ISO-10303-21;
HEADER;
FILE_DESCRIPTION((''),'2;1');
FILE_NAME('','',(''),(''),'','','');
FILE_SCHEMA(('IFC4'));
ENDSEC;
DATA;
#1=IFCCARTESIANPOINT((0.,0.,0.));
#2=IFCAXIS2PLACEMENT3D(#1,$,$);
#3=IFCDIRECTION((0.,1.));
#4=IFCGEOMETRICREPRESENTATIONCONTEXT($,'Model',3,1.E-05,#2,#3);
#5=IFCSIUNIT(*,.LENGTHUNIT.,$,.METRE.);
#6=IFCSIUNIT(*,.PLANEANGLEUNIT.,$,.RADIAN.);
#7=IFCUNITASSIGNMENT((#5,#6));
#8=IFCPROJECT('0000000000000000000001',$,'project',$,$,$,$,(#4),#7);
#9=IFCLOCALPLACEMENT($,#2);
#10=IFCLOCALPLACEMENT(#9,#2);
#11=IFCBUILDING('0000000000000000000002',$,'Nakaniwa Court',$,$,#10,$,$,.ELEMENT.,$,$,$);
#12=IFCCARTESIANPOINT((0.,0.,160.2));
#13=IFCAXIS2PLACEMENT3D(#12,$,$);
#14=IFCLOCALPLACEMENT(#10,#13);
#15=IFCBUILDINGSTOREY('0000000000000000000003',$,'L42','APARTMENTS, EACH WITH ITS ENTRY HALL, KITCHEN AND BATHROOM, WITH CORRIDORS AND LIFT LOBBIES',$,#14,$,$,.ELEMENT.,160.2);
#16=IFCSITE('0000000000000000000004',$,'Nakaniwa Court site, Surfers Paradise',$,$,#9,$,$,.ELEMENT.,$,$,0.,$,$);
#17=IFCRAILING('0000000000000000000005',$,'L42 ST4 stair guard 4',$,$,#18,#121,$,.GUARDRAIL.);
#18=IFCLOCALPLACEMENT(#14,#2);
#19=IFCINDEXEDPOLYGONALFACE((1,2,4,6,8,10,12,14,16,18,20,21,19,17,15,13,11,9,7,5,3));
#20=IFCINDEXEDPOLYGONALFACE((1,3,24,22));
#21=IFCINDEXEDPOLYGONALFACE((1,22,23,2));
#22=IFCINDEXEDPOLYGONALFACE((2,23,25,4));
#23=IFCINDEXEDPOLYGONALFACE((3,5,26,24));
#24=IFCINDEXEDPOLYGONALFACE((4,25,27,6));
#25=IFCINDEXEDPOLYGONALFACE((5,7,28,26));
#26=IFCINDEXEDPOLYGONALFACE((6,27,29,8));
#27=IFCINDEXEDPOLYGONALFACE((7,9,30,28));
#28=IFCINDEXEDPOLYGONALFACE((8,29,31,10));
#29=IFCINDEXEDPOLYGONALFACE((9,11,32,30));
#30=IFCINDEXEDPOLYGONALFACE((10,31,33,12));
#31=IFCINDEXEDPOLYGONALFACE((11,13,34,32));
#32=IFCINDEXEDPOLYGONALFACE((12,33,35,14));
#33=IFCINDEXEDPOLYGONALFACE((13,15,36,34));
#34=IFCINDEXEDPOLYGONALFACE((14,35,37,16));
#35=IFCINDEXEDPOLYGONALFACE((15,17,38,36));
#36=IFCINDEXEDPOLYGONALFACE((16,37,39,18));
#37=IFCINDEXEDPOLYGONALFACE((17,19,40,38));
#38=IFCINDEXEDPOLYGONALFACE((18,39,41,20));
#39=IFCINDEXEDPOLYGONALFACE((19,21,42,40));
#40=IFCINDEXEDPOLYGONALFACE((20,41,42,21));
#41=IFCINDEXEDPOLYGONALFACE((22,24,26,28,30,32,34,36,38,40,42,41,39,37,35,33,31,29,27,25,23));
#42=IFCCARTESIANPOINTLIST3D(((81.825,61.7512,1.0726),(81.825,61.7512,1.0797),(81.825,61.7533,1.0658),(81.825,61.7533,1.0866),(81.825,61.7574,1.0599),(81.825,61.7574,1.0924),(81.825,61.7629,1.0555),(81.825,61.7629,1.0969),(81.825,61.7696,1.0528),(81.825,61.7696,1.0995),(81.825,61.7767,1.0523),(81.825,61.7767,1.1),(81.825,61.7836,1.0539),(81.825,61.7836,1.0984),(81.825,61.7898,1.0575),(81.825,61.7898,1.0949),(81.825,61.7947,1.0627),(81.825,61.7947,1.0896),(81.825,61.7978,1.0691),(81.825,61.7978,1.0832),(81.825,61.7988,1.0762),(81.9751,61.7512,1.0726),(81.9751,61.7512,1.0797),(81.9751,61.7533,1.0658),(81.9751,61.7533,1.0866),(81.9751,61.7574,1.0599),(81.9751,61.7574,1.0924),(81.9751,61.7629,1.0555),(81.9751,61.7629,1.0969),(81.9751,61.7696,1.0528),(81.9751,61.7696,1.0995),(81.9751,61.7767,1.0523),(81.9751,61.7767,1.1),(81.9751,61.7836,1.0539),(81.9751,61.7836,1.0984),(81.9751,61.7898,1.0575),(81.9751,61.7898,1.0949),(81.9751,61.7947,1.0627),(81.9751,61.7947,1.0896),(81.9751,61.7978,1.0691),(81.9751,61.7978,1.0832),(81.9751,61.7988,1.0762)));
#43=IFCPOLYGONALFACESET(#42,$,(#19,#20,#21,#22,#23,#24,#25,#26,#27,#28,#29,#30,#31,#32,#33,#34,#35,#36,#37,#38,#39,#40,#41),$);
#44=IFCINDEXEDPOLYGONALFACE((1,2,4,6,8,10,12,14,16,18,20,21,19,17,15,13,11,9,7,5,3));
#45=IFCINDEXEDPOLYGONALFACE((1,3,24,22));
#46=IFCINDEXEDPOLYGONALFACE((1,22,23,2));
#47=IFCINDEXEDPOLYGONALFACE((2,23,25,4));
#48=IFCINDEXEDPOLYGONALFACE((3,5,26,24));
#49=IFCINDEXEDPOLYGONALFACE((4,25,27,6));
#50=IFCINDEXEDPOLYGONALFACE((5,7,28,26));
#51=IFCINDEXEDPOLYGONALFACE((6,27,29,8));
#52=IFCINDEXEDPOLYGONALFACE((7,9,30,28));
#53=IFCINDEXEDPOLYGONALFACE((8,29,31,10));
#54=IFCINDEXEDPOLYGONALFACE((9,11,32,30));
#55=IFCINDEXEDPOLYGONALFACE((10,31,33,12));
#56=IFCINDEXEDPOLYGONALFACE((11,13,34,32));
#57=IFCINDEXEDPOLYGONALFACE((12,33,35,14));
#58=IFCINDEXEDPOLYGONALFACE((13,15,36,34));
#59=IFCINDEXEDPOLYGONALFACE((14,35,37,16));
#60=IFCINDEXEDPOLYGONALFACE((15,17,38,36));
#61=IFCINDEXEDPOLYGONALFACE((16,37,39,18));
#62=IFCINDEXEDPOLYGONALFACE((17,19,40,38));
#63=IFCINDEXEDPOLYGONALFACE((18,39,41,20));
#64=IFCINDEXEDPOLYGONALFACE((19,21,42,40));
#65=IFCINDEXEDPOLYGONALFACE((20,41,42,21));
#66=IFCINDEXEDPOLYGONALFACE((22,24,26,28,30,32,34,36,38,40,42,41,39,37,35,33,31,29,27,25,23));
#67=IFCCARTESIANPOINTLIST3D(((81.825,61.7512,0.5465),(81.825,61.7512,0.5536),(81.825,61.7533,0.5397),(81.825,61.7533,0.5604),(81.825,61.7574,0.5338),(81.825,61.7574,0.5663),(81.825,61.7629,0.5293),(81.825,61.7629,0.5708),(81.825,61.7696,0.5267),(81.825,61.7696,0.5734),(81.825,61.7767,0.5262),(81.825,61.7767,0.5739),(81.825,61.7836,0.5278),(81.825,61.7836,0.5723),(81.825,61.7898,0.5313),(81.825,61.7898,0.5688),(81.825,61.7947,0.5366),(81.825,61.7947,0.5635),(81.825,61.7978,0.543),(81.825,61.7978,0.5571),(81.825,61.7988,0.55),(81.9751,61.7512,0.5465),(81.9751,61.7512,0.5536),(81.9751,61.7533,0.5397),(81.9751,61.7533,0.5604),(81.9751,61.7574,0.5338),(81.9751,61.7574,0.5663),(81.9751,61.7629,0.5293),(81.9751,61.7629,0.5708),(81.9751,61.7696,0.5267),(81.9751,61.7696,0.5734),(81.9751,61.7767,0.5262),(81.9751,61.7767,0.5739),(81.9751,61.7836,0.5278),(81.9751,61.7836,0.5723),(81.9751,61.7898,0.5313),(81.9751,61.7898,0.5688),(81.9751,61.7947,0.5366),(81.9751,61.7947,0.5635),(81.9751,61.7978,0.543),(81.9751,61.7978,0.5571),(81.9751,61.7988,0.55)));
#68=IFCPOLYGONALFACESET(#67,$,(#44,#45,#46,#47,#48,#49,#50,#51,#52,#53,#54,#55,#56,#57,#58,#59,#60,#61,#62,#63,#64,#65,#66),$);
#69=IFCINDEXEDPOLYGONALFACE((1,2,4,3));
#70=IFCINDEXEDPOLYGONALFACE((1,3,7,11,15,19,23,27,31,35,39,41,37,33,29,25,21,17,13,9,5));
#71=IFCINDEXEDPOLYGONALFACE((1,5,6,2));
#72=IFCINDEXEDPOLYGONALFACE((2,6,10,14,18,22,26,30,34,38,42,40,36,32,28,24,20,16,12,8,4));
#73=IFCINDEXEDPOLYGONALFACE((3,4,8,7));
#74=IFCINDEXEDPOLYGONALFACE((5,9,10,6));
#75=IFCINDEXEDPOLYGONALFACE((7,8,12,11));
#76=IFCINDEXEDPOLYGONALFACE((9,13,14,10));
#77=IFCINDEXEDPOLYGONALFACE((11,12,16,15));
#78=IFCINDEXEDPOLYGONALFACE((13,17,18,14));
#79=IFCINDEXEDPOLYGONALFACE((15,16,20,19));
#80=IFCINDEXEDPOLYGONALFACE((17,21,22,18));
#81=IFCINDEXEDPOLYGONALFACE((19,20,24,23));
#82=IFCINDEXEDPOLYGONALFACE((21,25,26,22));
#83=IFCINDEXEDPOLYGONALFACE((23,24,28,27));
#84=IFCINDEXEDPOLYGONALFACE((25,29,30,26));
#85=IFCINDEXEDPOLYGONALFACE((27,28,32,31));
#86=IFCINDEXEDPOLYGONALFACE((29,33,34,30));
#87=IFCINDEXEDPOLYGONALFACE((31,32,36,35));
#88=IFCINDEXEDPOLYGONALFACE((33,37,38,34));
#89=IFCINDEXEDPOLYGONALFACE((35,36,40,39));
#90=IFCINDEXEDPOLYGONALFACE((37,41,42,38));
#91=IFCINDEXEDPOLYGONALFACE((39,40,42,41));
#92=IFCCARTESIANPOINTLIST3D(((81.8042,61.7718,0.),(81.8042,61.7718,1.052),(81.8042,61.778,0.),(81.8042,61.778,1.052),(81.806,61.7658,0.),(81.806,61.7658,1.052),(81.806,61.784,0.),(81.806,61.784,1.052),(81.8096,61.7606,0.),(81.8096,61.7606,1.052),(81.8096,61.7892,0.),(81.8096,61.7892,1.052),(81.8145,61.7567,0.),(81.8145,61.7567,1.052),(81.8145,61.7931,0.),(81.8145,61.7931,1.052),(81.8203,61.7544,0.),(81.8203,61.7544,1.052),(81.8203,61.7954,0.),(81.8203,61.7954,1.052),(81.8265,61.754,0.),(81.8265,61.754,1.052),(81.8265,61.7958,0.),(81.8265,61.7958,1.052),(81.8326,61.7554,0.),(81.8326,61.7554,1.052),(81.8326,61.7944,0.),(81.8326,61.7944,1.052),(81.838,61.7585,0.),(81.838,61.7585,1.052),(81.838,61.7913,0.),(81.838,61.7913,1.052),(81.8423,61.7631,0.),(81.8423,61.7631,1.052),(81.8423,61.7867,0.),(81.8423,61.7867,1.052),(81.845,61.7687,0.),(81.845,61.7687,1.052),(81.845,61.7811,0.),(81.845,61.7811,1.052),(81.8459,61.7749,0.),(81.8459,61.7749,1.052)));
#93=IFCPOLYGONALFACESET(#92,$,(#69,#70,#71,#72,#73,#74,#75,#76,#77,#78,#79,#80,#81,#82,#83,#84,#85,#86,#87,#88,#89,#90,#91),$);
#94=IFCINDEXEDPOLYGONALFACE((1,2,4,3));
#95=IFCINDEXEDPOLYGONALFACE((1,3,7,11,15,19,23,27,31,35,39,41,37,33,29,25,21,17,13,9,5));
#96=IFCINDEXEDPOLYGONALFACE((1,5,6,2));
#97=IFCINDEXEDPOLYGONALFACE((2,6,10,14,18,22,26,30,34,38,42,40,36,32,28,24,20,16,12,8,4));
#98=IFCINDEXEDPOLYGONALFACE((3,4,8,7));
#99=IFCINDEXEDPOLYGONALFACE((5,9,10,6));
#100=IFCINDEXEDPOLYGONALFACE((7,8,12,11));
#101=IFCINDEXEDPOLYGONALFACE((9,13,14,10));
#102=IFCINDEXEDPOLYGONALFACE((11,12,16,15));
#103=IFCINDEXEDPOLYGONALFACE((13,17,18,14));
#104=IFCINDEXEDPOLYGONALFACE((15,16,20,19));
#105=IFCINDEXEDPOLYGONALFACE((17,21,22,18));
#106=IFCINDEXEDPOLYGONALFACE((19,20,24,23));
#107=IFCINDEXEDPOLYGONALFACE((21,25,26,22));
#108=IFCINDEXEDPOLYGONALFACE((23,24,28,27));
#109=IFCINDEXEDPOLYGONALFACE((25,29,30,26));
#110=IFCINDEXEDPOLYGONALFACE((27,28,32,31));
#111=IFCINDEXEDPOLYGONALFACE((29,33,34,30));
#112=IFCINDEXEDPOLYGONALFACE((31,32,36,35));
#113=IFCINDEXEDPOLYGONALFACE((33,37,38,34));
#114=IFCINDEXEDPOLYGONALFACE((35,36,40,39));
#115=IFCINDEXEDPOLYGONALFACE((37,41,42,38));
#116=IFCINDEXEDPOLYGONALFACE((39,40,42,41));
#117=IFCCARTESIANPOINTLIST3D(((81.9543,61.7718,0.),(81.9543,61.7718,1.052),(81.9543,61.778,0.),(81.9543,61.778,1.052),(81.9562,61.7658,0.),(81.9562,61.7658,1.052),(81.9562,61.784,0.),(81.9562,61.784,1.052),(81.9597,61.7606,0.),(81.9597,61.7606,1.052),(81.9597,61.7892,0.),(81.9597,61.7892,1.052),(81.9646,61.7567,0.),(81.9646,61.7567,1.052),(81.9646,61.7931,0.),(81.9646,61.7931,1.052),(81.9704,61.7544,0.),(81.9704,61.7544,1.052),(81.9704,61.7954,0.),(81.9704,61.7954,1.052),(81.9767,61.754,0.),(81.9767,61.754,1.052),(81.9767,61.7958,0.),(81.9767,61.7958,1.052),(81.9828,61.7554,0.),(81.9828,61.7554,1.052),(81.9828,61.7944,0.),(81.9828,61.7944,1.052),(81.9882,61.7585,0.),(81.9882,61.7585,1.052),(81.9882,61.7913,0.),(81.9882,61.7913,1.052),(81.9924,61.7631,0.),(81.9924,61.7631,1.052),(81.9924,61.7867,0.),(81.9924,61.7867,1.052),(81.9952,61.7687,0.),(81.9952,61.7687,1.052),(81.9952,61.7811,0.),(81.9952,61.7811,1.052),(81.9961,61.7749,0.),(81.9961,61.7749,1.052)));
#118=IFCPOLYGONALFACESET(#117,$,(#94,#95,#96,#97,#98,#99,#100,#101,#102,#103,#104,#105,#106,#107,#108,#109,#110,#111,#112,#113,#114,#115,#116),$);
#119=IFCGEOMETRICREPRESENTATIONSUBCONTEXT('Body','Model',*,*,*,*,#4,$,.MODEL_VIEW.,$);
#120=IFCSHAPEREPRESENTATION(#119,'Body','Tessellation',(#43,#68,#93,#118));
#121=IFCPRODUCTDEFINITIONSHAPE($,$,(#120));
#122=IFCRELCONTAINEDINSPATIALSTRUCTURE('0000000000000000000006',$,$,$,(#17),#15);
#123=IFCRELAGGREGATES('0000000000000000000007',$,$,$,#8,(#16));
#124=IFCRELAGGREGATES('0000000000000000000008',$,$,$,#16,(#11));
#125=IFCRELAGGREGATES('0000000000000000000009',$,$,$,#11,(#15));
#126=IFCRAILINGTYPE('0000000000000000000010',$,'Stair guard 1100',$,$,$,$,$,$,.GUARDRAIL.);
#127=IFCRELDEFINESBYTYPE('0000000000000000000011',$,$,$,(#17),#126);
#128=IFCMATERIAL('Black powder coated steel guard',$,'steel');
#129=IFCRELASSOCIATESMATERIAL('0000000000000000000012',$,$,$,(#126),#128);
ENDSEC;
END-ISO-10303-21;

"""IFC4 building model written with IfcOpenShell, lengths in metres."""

from ifc_helpers import new_model, si_unit, direction, frame, origin, origin_2d, place, context, subcontext, project, spatial, circle, extrude, material, type_object, element, save


model = new_model("IFC4")

# Units and contexts
model_context = context("Model", 3, precision=1e-05, world=origin(), true_north=direction((0.0, 1.0)))
body_context = subcontext(model_context, "Body", "Model", "MODEL_VIEW")
ifc_project = project(units=[si_unit("LENGTHUNIT", "METRE"), si_unit("PLANEANGLEUNIT", "RADIAN")], contexts=[model_context])

# Site, building, storey
site_placement = place(None, origin())
site = spatial("IfcSite", under=ifc_project, at=site_placement, Name="Nakaniwa Court site, Surfers Paradise", CompositionType="ELEMENT", RefElevation=0.0)
building_placement = place(site_placement, origin())
building = spatial("IfcBuilding", under=site, at=building_placement, Name="Nakaniwa Court", CompositionType="ELEMENT")
storey_placement = place(building_placement, frame((0.0, 0.0, 160.2)))
storey = spatial("IfcBuildingStorey", under=building, at=storey_placement, Name="L42", Description="APARTMENTS, EACH WITH ITS ENTRY HALL, KITCHEN AND BATHROOM, WITH CORRIDORS AND LIFT LOBBIES", CompositionType="ELEMENT", Elevation=160.2)

# Railing
ifc_material_1 = material(Name="Black powder coated steel guard", Category="steel")
railing_type_1 = type_object("IfcRailingType", Name="Stair guard 1100", PredefinedType="GUARDRAIL", material=ifc_material_1)
railing_1_placement = place(storey_placement, frame((81.825, 61.7749, 0.0)))
element("IfcRailing", 1, at=railing_1_placement, inside=storey, type_object=railing_type_1, Name="L42 ST4 stair guard 4", PredefinedType="GUARDRAIL", context=body_context, shape_type="SweptSolid", body=[
    extrude(circle(Radius=0.0239, at=origin_2d()), frame((0.0, 0.0, 1.0762), z_axis=(1.0, 0.0, 0.0), x_axis=(0.0, 1.0, 0.0)), (0.0, 0.0, 1.0), 0.1501),
    extrude(circle(Radius=0.0239, at=origin_2d()), frame((0.0, 0.0, 0.55), z_axis=(1.0, 0.0, 0.0), x_axis=(0.0, 1.0, 0.0)), (0.0, 0.0, 1.0), 0.1501),
    extrude(circle(Radius=0.021, at=origin_2d()), origin(), (0.0, 0.0, 1.0), 1.052),
    extrude(circle(Radius=0.021, at=origin_2d()), frame((0.1501, 0.0, 0.0)), (0.0, 0.0, 1.0), 1.052),
])

save(model, "model.ifc")
